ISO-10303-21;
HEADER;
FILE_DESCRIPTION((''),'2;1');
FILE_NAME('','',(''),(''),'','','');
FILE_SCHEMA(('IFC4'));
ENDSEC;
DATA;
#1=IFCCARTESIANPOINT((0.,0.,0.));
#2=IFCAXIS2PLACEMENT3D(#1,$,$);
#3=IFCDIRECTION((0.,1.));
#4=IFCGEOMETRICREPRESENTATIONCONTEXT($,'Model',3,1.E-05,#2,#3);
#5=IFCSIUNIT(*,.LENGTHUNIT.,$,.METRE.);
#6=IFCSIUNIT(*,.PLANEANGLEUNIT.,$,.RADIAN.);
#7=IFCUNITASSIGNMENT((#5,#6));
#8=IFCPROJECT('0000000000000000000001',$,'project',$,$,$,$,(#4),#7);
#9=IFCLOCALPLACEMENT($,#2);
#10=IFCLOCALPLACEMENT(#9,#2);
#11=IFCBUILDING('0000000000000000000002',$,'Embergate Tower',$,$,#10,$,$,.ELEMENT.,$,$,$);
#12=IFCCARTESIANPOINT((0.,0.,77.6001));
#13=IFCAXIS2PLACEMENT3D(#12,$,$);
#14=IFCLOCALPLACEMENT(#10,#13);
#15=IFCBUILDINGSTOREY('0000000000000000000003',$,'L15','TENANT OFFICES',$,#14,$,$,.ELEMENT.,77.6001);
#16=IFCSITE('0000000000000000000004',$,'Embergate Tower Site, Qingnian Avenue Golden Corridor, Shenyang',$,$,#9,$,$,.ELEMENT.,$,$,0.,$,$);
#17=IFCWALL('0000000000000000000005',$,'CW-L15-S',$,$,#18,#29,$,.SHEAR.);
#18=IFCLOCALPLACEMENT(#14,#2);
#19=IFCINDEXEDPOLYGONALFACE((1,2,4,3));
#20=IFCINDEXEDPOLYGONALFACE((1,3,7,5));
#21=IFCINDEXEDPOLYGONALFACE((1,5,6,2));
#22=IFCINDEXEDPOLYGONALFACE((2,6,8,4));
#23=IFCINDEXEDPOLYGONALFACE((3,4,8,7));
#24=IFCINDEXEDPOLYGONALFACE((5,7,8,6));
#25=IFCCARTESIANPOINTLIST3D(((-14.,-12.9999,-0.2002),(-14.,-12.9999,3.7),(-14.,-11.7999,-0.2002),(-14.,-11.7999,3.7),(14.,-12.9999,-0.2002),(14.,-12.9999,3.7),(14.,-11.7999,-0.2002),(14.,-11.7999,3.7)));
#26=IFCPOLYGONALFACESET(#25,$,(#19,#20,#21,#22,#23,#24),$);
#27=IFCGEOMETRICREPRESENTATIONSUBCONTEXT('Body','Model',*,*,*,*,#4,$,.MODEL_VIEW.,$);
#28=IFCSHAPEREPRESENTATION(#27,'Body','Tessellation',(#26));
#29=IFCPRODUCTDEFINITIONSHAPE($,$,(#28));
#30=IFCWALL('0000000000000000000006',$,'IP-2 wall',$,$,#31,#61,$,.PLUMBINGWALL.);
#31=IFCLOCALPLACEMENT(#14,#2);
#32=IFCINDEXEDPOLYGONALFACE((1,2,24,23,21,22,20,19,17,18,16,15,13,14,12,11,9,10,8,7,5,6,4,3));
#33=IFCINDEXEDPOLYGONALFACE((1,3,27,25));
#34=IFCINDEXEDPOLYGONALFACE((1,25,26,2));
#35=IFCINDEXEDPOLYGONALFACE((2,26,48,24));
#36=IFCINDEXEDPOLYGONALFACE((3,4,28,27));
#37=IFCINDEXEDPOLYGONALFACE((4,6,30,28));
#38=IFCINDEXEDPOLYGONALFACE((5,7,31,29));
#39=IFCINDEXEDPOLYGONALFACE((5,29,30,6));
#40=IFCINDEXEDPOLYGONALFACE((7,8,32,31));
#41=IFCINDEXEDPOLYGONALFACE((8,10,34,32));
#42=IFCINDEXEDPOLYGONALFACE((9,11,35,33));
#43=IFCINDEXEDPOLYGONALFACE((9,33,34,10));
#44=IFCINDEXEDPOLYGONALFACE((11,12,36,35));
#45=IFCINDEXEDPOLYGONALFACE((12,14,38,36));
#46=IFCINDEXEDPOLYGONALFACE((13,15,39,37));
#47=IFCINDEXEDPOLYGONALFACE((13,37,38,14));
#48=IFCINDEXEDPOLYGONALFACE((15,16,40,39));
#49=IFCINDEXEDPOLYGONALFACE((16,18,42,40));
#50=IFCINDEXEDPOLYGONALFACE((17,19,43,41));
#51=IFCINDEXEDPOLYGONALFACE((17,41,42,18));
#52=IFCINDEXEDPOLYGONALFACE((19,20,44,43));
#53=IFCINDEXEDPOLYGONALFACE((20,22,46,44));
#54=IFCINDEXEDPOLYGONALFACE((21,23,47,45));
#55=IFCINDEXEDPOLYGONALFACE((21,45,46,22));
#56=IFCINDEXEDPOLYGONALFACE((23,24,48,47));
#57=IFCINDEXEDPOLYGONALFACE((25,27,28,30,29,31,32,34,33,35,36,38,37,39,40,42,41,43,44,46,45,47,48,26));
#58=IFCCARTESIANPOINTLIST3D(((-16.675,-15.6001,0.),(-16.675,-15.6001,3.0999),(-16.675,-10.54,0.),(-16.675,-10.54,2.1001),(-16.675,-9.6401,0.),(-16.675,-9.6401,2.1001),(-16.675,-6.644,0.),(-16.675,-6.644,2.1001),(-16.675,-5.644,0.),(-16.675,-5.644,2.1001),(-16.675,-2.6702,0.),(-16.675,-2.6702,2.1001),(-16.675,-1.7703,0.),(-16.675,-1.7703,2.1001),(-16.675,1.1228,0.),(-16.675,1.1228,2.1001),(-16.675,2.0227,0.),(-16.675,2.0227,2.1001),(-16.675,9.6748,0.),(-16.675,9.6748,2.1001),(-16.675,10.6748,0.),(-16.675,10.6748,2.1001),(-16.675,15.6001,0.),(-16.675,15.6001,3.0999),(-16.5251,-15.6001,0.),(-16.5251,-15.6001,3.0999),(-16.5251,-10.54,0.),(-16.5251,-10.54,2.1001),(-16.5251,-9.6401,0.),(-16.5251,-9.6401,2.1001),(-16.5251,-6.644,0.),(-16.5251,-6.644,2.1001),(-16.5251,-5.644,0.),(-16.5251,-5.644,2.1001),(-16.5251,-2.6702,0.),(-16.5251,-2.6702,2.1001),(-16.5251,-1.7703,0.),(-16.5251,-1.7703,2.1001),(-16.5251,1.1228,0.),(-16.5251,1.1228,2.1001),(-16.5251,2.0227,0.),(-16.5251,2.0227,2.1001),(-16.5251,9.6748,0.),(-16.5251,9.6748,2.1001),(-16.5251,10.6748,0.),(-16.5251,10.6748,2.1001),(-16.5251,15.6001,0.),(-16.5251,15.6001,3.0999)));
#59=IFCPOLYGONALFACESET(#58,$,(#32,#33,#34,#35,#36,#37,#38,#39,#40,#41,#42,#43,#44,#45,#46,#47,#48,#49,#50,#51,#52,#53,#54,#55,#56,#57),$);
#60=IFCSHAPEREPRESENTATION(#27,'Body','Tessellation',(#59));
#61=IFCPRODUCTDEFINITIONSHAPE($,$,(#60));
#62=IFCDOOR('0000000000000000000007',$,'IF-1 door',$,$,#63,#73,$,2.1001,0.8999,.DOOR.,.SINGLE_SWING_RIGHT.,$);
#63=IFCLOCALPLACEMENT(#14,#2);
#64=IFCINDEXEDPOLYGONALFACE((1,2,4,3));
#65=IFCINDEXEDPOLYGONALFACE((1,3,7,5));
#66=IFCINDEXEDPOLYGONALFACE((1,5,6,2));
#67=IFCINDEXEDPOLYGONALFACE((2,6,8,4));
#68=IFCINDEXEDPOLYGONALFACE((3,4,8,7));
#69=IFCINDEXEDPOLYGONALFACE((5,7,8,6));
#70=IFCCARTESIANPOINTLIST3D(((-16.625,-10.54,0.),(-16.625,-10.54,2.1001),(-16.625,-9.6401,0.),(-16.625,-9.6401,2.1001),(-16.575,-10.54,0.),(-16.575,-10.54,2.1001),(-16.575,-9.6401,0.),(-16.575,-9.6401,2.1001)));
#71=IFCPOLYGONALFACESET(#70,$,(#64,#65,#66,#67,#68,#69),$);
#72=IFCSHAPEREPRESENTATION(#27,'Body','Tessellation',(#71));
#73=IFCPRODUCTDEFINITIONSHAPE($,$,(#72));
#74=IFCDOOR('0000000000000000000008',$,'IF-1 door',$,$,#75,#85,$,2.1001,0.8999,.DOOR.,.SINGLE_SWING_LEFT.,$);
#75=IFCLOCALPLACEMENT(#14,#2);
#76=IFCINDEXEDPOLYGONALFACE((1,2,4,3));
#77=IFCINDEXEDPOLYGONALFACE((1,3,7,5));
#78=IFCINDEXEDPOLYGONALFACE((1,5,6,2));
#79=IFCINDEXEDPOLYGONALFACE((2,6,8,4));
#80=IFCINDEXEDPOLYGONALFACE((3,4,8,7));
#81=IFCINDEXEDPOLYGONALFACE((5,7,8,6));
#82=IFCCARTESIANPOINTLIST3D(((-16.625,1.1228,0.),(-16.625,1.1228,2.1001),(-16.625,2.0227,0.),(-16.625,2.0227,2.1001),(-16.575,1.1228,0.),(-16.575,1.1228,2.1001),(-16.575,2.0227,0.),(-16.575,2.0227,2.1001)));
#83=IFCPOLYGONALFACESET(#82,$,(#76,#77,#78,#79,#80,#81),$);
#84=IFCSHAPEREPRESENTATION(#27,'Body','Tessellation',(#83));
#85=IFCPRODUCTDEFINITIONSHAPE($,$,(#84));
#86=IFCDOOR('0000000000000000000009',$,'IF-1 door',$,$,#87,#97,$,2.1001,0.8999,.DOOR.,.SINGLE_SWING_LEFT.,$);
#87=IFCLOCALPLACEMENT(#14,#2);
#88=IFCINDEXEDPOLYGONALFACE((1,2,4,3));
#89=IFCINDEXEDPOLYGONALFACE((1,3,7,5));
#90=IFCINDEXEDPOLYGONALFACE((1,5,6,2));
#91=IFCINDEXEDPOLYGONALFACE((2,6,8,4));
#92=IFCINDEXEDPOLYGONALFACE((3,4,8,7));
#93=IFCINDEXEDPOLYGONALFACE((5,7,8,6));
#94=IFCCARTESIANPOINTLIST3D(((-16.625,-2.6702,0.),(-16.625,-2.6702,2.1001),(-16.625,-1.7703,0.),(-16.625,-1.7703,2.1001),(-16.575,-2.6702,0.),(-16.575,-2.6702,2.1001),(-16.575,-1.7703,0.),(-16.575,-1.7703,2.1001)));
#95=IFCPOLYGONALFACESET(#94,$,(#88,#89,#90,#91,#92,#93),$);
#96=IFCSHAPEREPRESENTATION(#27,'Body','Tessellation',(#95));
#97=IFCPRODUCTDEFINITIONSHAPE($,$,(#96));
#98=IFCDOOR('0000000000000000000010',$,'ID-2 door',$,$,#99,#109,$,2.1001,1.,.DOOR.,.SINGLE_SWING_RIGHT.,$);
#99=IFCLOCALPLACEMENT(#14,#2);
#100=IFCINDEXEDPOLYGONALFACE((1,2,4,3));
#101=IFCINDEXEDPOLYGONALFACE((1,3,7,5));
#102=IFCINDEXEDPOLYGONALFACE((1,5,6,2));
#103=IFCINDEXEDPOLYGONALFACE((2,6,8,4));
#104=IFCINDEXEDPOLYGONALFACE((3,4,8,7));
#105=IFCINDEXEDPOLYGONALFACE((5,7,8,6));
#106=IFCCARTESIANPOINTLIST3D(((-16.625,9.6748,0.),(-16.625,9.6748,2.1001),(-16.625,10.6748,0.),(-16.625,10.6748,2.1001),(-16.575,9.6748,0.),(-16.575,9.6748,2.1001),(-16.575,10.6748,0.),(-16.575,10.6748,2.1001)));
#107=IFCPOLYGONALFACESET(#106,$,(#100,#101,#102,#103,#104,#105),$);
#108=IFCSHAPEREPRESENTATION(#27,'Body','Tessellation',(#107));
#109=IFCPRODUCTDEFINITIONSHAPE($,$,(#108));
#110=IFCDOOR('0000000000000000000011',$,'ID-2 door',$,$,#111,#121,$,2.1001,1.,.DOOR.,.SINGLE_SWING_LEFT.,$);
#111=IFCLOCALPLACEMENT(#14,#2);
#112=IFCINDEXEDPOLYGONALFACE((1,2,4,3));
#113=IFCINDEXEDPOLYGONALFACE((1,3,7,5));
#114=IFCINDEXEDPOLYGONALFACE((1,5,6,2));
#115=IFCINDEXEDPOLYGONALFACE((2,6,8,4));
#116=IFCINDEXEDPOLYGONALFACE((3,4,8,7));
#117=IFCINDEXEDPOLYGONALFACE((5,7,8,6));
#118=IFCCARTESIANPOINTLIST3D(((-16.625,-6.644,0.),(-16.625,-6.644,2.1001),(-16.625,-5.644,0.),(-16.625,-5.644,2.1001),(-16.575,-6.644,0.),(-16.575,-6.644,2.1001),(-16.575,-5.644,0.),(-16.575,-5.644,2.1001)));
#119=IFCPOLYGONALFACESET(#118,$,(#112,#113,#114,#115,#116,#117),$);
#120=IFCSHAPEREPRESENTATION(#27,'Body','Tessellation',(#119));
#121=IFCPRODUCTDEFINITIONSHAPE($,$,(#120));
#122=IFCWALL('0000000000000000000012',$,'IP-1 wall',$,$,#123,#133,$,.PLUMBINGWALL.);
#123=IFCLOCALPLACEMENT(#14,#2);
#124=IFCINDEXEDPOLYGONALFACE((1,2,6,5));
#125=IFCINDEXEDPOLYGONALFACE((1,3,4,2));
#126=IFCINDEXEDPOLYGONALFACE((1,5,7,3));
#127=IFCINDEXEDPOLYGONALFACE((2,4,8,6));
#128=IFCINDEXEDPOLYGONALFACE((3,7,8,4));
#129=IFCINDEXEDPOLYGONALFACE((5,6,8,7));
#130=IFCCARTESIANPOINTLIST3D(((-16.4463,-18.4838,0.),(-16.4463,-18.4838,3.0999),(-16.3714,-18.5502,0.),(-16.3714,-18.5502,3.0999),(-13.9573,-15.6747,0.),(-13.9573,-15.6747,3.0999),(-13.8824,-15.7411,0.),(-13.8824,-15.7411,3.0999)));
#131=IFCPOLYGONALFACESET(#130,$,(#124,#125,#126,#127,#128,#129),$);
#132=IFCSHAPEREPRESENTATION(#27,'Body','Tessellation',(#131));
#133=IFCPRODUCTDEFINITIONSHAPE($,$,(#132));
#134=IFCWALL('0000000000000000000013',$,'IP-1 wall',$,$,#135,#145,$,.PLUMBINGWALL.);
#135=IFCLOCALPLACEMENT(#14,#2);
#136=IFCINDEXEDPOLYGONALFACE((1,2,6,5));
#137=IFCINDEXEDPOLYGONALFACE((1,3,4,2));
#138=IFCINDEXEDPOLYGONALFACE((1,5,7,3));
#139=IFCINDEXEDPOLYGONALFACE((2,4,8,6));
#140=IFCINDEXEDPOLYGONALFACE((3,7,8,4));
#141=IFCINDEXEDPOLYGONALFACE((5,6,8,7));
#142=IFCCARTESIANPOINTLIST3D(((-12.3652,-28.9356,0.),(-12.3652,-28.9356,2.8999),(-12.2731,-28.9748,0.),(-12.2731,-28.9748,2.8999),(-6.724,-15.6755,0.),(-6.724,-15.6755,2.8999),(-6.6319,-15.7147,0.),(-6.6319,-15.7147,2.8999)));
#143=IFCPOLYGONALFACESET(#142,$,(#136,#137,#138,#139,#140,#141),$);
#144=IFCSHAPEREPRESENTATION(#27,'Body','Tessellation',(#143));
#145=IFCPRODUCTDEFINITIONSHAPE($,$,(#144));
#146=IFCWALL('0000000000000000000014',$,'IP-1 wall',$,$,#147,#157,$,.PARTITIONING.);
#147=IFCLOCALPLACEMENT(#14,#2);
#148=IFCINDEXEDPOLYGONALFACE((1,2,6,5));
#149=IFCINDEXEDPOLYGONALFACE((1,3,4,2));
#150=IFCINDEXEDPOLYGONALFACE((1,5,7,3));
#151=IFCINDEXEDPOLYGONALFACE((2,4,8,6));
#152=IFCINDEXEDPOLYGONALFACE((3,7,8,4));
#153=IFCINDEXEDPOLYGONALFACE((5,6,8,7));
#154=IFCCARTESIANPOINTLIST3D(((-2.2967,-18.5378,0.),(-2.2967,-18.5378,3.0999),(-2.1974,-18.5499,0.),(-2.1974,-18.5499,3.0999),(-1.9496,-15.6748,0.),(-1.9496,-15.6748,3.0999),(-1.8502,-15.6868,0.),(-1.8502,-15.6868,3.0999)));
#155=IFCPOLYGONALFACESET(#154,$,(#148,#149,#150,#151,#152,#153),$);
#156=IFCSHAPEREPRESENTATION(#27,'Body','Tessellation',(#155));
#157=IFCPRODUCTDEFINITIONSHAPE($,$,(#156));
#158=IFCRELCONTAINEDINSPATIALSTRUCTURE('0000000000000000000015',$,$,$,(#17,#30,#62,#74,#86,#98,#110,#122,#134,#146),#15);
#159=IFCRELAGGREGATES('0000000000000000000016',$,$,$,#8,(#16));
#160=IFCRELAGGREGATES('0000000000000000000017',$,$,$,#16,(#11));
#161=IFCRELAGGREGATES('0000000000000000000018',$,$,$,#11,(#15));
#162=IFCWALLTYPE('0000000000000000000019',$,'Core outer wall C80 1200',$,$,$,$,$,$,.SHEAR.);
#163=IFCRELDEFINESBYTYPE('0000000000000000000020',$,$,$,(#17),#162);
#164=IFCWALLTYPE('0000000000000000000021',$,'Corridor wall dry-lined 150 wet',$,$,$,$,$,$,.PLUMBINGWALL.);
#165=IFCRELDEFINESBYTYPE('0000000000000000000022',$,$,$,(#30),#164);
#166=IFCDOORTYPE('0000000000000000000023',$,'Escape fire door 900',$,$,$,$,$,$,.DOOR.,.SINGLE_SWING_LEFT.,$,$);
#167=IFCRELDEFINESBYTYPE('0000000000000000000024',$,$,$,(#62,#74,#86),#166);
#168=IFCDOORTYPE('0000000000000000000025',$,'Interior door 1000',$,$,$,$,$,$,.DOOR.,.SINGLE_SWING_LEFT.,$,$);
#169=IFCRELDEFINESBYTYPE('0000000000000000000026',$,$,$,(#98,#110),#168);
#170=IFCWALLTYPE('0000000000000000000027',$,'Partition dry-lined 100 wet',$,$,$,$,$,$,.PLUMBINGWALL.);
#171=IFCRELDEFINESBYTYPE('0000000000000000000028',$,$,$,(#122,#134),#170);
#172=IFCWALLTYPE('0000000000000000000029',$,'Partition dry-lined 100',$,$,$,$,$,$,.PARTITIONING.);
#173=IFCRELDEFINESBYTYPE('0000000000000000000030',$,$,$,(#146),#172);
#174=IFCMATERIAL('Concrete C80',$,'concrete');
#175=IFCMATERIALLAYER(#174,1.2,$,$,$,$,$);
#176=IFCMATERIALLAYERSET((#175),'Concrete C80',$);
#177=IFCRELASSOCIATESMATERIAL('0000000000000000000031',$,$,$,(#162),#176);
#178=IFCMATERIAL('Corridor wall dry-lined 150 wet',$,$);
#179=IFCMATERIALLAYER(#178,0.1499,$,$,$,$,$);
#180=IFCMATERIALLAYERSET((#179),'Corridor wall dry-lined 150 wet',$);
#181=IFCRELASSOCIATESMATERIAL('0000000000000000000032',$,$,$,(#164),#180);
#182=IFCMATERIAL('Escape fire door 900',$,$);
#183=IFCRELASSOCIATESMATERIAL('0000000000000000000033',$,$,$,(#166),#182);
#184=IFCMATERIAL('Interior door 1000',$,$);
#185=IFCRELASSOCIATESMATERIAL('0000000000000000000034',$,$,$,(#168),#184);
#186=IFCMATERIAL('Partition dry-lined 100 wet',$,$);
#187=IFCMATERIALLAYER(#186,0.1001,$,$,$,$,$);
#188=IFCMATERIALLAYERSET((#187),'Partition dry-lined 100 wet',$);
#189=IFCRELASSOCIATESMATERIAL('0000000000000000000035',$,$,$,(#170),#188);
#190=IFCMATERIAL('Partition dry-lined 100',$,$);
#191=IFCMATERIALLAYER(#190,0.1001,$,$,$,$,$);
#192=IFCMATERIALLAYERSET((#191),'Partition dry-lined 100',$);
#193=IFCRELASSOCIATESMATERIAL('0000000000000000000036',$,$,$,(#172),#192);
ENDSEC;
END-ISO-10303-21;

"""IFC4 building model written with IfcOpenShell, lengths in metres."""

from ifc_helpers import new_model, si_unit, direction, frame, frame_2d, origin, place, context, subcontext, project, spatial, rectangle, extrude, source, transform, mapped, material, layer, layer_set, type_object, element, fill, save


model = new_model("IFC4")

# Units and contexts
model_context = context("Model", 3, precision=1e-05, world=origin(), true_north=direction((0.0, 1.0)))
body_context = subcontext(model_context, "Body", "Model", "MODEL_VIEW")
ifc_project = project(units=[si_unit("LENGTHUNIT", "METRE"), si_unit("PLANEANGLEUNIT", "RADIAN")], contexts=[model_context])

# Site, building, storey
site_placement = place(None, origin())
site = spatial("IfcSite", under=ifc_project, at=site_placement, Name="Embergate Tower Site, Qingnian Avenue Golden Corridor, Shenyang", CompositionType="ELEMENT", RefElevation=0.0)
building_placement = place(site_placement, origin())
building = spatial("IfcBuilding", under=site, at=building_placement, Name="Embergate Tower", CompositionType="ELEMENT")
storey_placement = place(building_placement, frame((0.0, 0.0, 77.6001)))
storey = spatial("IfcBuildingStorey", under=building, at=storey_placement, Name="L15", Description="TENANT OFFICES", CompositionType="ELEMENT", Elevation=77.6001)

# Wall
ifc_material_1 = material(Name="Concrete C80", Category="concrete")
ifc_layer_1 = layer(ifc_material_1, 1.2)
ifc_layer_set_1 = layer_set([ifc_layer_1], Name="Concrete C80")
wall_type_1 = type_object("IfcWallType", Name="Core outer wall C80 1200", PredefinedType="SHEAR", material=ifc_layer_set_1)
shared_shape_1 = source(origin(), body_context, "Body", "SweptSolid", [
    extrude(rectangle(XDim=28.0, YDim=1.2, at=frame_2d((14.0, 0.0))), origin(), (0.0, 0.0, 1.0), 3.9001),
])
wall_1_placement = place(storey_placement, frame((-14.0, -12.3999, -0.2002), z_axis=(0.0, 0.0, 1.0), x_axis=(1.0, 0.0, 0.0)))
element("IfcWall", 1, at=wall_1_placement, inside=storey, type_object=wall_type_1, Name="CW-L15-S", PredefinedType="SHEAR", context=body_context, shape_type="MappedRepresentation", body=[
    mapped(shared_shape_1, transform((0.0, 0.0, 0.0))),
])

# Wall, openings, doors
ifc_material_2 = material(Name="Corridor wall dry-lined 150 wet")
ifc_layer_2 = layer(ifc_material_2, 0.1499)
ifc_layer_set_2 = layer_set([ifc_layer_2], Name="Corridor wall dry-lined 150 wet")
wall_type_2 = type_object("IfcWallType", Name="Corridor wall dry-lined 150 wet", PredefinedType="PLUMBINGWALL", material=ifc_layer_set_2)
shared_shape_2 = source(origin(), body_context, "Body", "SweptSolid", [
    extrude(rectangle(XDim=31.2002, YDim=0.1499, at=frame_2d((15.6001, 0.0))), origin(), (0.0, 0.0, 1.0), 3.0999),
])
wall_2_placement = place(storey_placement, frame((-16.6001, -15.6001, 0.0), z_axis=(0.0, 0.0, 1.0), x_axis=(0.0, 1.0, 0.0)))
wall_2 = element("IfcWall", 2, at=wall_2_placement, inside=storey, type_object=wall_type_2, Name="IP-2 wall", PredefinedType="PLUMBINGWALL", context=body_context, shape_type="MappedRepresentation", body=[
    mapped(shared_shape_2, transform((0.0, 0.0, 0.0))),
])
shared_shape_3 = source(origin(), body_context, "Body", "SweptSolid", [
    extrude(rectangle(XDim=0.8999, YDim=2.1001, at=frame_2d((0.45, 1.05))), frame((0.0, 0.085, 0.0), z_axis=(0.0, -1.0, 0.0), x_axis=(1.0, 0.0, 0.0)), (0.0, 0.0, 1.0), 0.1699),
])
opening_1_placement = place(wall_2_placement, frame((5.0601, 0.0, 0.0)))
opening_1 = element("IfcOpeningElement", 3, at=opening_1_placement, cuts=wall_2, PredefinedType="OPENING", context=body_context, shape_type="MappedRepresentation", body=[
    mapped(shared_shape_3, transform((0.0, 0.0, 0.0))),
])
shared_shape_4 = source(origin(), body_context, "Body", "SweptSolid", [
    extrude(rectangle(XDim=1.0, YDim=2.1001, at=frame_2d((0.5, 1.05))), frame((0.0, 0.085, 0.0), z_axis=(0.0, -1.0, 0.0), x_axis=(1.0, 0.0, 0.0)), (0.0, 0.0, 1.0), 0.1699),
])
opening_2_placement = place(wall_2_placement, frame((25.2749, 0.0, 0.0)))
opening_2 = element("IfcOpeningElement", 4, at=opening_2_placement, cuts=wall_2, PredefinedType="OPENING", context=body_context, shape_type="MappedRepresentation", body=[
    mapped(shared_shape_4, transform((0.0, 0.0, 0.0))),
])
opening_3_placement = place(wall_2_placement, frame((16.7229, 0.0, 0.0)))
opening_3 = element("IfcOpeningElement", 5, at=opening_3_placement, cuts=wall_2, PredefinedType="OPENING", context=body_context, shape_type="MappedRepresentation", body=[
    mapped(shared_shape_3, transform((0.0, 0.0, 0.0))),
])
opening_4_placement = place(wall_2_placement, frame((12.9299, 0.0, 0.0)))
opening_4 = element("IfcOpeningElement", 6, at=opening_4_placement, cuts=wall_2, PredefinedType="OPENING", context=body_context, shape_type="MappedRepresentation", body=[
    mapped(shared_shape_3, transform((0.0, 0.0, 0.0))),
])
opening_5_placement = place(wall_2_placement, frame((8.9561, 0.0, 0.0)))
opening_5 = element("IfcOpeningElement", 7, at=opening_5_placement, cuts=wall_2, PredefinedType="OPENING", context=body_context, shape_type="MappedRepresentation", body=[
    mapped(shared_shape_4, transform((0.0, 0.0, 0.0))),
])
ifc_material_3 = material(Name="Escape fire door 900")
door_type_1 = type_object("IfcDoorType", Name="Escape fire door 900", OperationType="SINGLE_SWING_LEFT", PredefinedType="DOOR", material=ifc_material_3)
shared_shape_5 = source(origin(), body_context, "Body", "SweptSolid", [
    extrude(rectangle(XDim=0.8999, YDim=2.1001, at=frame_2d((0.45, 1.05))), frame((0.0, 0.0249, 0.0), z_axis=(0.0, -1.0, 0.0), x_axis=(1.0, 0.0, 0.0)), (0.0, 0.0, 1.0), 0.05),
])
door_1_placement = place(opening_1_placement, origin())
door_1 = element("IfcDoor", 8, at=door_1_placement, inside=storey, type_object=door_type_1, Name="IF-1 door", OperationType="SINGLE_SWING_RIGHT", OverallHeight=2.1001, OverallWidth=0.8999, PredefinedType="DOOR", context=body_context, shape_type="MappedRepresentation", body=[
    mapped(shared_shape_5, transform((0.0, 0.0, 0.0))),
])
fill(opening_1, door_1)
door_2_placement = place(opening_3_placement, origin())
door_2 = element("IfcDoor", 9, at=door_2_placement, inside=storey, type_object=door_type_1, Name="IF-1 door", OperationType="SINGLE_SWING_LEFT", OverallHeight=2.1001, OverallWidth=0.8999, PredefinedType="DOOR", context=body_context, shape_type="MappedRepresentation", body=[
    mapped(shared_shape_5, transform((0.0, 0.0, 0.0))),
])
fill(opening_3, door_2)
door_3_placement = place(opening_4_placement, origin())
door_3 = element("IfcDoor", 10, at=door_3_placement, inside=storey, type_object=door_type_1, Name="IF-1 door", OperationType="SINGLE_SWING_LEFT", OverallHeight=2.1001, OverallWidth=0.8999, PredefinedType="DOOR", context=body_context, shape_type="MappedRepresentation", body=[
    mapped(shared_shape_5, transform((0.0, 0.0, 0.0))),
])
fill(opening_4, door_3)
ifc_material_4 = material(Name="Interior door 1000")
door_type_2 = type_object("IfcDoorType", Name="Interior door 1000", OperationType="SINGLE_SWING_LEFT", PredefinedType="DOOR", material=ifc_material_4)
shared_shape_6 = source(origin(), body_context, "Body", "SweptSolid", [
    extrude(rectangle(XDim=1.0, YDim=2.1001, at=frame_2d((0.5, 1.05))), frame((0.0, 0.0249, 0.0), z_axis=(0.0, -1.0, 0.0), x_axis=(1.0, 0.0, 0.0)), (0.0, 0.0, 1.0), 0.05),
])
door_4_placement = place(opening_2_placement, origin())
door_4 = element("IfcDoor", 11, at=door_4_placement, inside=storey, type_object=door_type_2, Name="ID-2 door", OperationType="SINGLE_SWING_RIGHT", OverallHeight=2.1001, OverallWidth=1.0, PredefinedType="DOOR", context=body_context, shape_type="MappedRepresentation", body=[
    mapped(shared_shape_6, transform((0.0, 0.0, 0.0))),
])
fill(opening_2, door_4)
door_5_placement = place(opening_5_placement, origin())
door_5 = element("IfcDoor", 12, at=door_5_placement, inside=storey, type_object=door_type_2, Name="ID-2 door", OperationType="SINGLE_SWING_LEFT", OverallHeight=2.1001, OverallWidth=1.0, PredefinedType="DOOR", context=body_context, shape_type="MappedRepresentation", body=[
    mapped(shared_shape_6, transform((0.0, 0.0, 0.0))),
])
fill(opening_5, door_5)

# Walls
ifc_material_5 = material(Name="Partition dry-lined 100 wet")
ifc_layer_3 = layer(ifc_material_5, 0.1001)
ifc_layer_set_3 = layer_set([ifc_layer_3], Name="Partition dry-lined 100 wet")
wall_type_3 = type_object("IfcWallType", Name="Partition dry-lined 100 wet", PredefinedType="PLUMBINGWALL", material=ifc_layer_set_3)
shared_shape_7 = source(origin(), body_context, "Body", "SweptSolid", [
    extrude(rectangle(XDim=3.7532, YDim=0.1001, at=frame_2d((1.8765, 0.0))), origin(), (0.0, 0.0, 1.0), 3.0999),
])
wall_3_placement = place(storey_placement, frame((-13.9199, -15.708, 0.0), z_axis=(0.0, 0.0, 1.0), x_axis=(-0.66318, -0.74846, 0.0)))
element("IfcWall", 13, at=wall_3_placement, inside=storey, type_object=wall_type_3, Name="IP-1 wall", PredefinedType="PLUMBINGWALL", context=body_context, shape_type="MappedRepresentation", body=[
    mapped(shared_shape_7, transform((0.0, 0.0, 0.0))),
])
shared_shape_8 = source(origin(), body_context, "Body", "SweptSolid", [
    extrude(rectangle(XDim=14.4102, YDim=0.1001, at=frame_2d((7.2051, 0.0))), origin(), (0.0, 0.0, 1.0), 2.8999),
])
wall_4_placement = place(storey_placement, frame((-6.678, -15.6951, 0.0), z_axis=(0.0, 0.0, 1.0), x_axis=(-0.39147, -0.920191, 0.0)))
element("IfcWall", 14, at=wall_4_placement, inside=storey, type_object=wall_type_3, Name="IP-1 wall", PredefinedType="PLUMBINGWALL", context=body_context, shape_type="MappedRepresentation", body=[
    mapped(shared_shape_8, transform((0.0, 0.0, 0.0))),
])
ifc_material_6 = material(Name="Partition dry-lined 100")
ifc_layer_4 = layer(ifc_material_6, 0.1001)
ifc_layer_set_4 = layer_set([ifc_layer_4], Name="Partition dry-lined 100")
wall_type_4 = type_object("IfcWallType", Name="Partition dry-lined 100", PredefinedType="PARTITIONING", material=ifc_layer_set_4)
shared_shape_9 = source(origin(), body_context, "Body", "SweptSolid", [
    extrude(rectangle(XDim=2.884, YDim=0.1001, at=frame_2d((1.4419, 0.0))), origin(), (0.0, 0.0, 1.0), 3.0999),
])
wall_5_placement = place(storey_placement, frame((-1.8999, -15.6809, 0.0), z_axis=(0.0, 0.0, 1.0), x_axis=(-0.120377, -0.992728, 0.0)))
element("IfcWall", 15, at=wall_5_placement, inside=storey, type_object=wall_type_4, Name="IP-1 wall", PredefinedType="PARTITIONING", context=body_context, shape_type="MappedRepresentation", body=[
    mapped(shared_shape_9, transform((0.0, 0.0, 0.0))),
])

save(model, "model.ifc")
